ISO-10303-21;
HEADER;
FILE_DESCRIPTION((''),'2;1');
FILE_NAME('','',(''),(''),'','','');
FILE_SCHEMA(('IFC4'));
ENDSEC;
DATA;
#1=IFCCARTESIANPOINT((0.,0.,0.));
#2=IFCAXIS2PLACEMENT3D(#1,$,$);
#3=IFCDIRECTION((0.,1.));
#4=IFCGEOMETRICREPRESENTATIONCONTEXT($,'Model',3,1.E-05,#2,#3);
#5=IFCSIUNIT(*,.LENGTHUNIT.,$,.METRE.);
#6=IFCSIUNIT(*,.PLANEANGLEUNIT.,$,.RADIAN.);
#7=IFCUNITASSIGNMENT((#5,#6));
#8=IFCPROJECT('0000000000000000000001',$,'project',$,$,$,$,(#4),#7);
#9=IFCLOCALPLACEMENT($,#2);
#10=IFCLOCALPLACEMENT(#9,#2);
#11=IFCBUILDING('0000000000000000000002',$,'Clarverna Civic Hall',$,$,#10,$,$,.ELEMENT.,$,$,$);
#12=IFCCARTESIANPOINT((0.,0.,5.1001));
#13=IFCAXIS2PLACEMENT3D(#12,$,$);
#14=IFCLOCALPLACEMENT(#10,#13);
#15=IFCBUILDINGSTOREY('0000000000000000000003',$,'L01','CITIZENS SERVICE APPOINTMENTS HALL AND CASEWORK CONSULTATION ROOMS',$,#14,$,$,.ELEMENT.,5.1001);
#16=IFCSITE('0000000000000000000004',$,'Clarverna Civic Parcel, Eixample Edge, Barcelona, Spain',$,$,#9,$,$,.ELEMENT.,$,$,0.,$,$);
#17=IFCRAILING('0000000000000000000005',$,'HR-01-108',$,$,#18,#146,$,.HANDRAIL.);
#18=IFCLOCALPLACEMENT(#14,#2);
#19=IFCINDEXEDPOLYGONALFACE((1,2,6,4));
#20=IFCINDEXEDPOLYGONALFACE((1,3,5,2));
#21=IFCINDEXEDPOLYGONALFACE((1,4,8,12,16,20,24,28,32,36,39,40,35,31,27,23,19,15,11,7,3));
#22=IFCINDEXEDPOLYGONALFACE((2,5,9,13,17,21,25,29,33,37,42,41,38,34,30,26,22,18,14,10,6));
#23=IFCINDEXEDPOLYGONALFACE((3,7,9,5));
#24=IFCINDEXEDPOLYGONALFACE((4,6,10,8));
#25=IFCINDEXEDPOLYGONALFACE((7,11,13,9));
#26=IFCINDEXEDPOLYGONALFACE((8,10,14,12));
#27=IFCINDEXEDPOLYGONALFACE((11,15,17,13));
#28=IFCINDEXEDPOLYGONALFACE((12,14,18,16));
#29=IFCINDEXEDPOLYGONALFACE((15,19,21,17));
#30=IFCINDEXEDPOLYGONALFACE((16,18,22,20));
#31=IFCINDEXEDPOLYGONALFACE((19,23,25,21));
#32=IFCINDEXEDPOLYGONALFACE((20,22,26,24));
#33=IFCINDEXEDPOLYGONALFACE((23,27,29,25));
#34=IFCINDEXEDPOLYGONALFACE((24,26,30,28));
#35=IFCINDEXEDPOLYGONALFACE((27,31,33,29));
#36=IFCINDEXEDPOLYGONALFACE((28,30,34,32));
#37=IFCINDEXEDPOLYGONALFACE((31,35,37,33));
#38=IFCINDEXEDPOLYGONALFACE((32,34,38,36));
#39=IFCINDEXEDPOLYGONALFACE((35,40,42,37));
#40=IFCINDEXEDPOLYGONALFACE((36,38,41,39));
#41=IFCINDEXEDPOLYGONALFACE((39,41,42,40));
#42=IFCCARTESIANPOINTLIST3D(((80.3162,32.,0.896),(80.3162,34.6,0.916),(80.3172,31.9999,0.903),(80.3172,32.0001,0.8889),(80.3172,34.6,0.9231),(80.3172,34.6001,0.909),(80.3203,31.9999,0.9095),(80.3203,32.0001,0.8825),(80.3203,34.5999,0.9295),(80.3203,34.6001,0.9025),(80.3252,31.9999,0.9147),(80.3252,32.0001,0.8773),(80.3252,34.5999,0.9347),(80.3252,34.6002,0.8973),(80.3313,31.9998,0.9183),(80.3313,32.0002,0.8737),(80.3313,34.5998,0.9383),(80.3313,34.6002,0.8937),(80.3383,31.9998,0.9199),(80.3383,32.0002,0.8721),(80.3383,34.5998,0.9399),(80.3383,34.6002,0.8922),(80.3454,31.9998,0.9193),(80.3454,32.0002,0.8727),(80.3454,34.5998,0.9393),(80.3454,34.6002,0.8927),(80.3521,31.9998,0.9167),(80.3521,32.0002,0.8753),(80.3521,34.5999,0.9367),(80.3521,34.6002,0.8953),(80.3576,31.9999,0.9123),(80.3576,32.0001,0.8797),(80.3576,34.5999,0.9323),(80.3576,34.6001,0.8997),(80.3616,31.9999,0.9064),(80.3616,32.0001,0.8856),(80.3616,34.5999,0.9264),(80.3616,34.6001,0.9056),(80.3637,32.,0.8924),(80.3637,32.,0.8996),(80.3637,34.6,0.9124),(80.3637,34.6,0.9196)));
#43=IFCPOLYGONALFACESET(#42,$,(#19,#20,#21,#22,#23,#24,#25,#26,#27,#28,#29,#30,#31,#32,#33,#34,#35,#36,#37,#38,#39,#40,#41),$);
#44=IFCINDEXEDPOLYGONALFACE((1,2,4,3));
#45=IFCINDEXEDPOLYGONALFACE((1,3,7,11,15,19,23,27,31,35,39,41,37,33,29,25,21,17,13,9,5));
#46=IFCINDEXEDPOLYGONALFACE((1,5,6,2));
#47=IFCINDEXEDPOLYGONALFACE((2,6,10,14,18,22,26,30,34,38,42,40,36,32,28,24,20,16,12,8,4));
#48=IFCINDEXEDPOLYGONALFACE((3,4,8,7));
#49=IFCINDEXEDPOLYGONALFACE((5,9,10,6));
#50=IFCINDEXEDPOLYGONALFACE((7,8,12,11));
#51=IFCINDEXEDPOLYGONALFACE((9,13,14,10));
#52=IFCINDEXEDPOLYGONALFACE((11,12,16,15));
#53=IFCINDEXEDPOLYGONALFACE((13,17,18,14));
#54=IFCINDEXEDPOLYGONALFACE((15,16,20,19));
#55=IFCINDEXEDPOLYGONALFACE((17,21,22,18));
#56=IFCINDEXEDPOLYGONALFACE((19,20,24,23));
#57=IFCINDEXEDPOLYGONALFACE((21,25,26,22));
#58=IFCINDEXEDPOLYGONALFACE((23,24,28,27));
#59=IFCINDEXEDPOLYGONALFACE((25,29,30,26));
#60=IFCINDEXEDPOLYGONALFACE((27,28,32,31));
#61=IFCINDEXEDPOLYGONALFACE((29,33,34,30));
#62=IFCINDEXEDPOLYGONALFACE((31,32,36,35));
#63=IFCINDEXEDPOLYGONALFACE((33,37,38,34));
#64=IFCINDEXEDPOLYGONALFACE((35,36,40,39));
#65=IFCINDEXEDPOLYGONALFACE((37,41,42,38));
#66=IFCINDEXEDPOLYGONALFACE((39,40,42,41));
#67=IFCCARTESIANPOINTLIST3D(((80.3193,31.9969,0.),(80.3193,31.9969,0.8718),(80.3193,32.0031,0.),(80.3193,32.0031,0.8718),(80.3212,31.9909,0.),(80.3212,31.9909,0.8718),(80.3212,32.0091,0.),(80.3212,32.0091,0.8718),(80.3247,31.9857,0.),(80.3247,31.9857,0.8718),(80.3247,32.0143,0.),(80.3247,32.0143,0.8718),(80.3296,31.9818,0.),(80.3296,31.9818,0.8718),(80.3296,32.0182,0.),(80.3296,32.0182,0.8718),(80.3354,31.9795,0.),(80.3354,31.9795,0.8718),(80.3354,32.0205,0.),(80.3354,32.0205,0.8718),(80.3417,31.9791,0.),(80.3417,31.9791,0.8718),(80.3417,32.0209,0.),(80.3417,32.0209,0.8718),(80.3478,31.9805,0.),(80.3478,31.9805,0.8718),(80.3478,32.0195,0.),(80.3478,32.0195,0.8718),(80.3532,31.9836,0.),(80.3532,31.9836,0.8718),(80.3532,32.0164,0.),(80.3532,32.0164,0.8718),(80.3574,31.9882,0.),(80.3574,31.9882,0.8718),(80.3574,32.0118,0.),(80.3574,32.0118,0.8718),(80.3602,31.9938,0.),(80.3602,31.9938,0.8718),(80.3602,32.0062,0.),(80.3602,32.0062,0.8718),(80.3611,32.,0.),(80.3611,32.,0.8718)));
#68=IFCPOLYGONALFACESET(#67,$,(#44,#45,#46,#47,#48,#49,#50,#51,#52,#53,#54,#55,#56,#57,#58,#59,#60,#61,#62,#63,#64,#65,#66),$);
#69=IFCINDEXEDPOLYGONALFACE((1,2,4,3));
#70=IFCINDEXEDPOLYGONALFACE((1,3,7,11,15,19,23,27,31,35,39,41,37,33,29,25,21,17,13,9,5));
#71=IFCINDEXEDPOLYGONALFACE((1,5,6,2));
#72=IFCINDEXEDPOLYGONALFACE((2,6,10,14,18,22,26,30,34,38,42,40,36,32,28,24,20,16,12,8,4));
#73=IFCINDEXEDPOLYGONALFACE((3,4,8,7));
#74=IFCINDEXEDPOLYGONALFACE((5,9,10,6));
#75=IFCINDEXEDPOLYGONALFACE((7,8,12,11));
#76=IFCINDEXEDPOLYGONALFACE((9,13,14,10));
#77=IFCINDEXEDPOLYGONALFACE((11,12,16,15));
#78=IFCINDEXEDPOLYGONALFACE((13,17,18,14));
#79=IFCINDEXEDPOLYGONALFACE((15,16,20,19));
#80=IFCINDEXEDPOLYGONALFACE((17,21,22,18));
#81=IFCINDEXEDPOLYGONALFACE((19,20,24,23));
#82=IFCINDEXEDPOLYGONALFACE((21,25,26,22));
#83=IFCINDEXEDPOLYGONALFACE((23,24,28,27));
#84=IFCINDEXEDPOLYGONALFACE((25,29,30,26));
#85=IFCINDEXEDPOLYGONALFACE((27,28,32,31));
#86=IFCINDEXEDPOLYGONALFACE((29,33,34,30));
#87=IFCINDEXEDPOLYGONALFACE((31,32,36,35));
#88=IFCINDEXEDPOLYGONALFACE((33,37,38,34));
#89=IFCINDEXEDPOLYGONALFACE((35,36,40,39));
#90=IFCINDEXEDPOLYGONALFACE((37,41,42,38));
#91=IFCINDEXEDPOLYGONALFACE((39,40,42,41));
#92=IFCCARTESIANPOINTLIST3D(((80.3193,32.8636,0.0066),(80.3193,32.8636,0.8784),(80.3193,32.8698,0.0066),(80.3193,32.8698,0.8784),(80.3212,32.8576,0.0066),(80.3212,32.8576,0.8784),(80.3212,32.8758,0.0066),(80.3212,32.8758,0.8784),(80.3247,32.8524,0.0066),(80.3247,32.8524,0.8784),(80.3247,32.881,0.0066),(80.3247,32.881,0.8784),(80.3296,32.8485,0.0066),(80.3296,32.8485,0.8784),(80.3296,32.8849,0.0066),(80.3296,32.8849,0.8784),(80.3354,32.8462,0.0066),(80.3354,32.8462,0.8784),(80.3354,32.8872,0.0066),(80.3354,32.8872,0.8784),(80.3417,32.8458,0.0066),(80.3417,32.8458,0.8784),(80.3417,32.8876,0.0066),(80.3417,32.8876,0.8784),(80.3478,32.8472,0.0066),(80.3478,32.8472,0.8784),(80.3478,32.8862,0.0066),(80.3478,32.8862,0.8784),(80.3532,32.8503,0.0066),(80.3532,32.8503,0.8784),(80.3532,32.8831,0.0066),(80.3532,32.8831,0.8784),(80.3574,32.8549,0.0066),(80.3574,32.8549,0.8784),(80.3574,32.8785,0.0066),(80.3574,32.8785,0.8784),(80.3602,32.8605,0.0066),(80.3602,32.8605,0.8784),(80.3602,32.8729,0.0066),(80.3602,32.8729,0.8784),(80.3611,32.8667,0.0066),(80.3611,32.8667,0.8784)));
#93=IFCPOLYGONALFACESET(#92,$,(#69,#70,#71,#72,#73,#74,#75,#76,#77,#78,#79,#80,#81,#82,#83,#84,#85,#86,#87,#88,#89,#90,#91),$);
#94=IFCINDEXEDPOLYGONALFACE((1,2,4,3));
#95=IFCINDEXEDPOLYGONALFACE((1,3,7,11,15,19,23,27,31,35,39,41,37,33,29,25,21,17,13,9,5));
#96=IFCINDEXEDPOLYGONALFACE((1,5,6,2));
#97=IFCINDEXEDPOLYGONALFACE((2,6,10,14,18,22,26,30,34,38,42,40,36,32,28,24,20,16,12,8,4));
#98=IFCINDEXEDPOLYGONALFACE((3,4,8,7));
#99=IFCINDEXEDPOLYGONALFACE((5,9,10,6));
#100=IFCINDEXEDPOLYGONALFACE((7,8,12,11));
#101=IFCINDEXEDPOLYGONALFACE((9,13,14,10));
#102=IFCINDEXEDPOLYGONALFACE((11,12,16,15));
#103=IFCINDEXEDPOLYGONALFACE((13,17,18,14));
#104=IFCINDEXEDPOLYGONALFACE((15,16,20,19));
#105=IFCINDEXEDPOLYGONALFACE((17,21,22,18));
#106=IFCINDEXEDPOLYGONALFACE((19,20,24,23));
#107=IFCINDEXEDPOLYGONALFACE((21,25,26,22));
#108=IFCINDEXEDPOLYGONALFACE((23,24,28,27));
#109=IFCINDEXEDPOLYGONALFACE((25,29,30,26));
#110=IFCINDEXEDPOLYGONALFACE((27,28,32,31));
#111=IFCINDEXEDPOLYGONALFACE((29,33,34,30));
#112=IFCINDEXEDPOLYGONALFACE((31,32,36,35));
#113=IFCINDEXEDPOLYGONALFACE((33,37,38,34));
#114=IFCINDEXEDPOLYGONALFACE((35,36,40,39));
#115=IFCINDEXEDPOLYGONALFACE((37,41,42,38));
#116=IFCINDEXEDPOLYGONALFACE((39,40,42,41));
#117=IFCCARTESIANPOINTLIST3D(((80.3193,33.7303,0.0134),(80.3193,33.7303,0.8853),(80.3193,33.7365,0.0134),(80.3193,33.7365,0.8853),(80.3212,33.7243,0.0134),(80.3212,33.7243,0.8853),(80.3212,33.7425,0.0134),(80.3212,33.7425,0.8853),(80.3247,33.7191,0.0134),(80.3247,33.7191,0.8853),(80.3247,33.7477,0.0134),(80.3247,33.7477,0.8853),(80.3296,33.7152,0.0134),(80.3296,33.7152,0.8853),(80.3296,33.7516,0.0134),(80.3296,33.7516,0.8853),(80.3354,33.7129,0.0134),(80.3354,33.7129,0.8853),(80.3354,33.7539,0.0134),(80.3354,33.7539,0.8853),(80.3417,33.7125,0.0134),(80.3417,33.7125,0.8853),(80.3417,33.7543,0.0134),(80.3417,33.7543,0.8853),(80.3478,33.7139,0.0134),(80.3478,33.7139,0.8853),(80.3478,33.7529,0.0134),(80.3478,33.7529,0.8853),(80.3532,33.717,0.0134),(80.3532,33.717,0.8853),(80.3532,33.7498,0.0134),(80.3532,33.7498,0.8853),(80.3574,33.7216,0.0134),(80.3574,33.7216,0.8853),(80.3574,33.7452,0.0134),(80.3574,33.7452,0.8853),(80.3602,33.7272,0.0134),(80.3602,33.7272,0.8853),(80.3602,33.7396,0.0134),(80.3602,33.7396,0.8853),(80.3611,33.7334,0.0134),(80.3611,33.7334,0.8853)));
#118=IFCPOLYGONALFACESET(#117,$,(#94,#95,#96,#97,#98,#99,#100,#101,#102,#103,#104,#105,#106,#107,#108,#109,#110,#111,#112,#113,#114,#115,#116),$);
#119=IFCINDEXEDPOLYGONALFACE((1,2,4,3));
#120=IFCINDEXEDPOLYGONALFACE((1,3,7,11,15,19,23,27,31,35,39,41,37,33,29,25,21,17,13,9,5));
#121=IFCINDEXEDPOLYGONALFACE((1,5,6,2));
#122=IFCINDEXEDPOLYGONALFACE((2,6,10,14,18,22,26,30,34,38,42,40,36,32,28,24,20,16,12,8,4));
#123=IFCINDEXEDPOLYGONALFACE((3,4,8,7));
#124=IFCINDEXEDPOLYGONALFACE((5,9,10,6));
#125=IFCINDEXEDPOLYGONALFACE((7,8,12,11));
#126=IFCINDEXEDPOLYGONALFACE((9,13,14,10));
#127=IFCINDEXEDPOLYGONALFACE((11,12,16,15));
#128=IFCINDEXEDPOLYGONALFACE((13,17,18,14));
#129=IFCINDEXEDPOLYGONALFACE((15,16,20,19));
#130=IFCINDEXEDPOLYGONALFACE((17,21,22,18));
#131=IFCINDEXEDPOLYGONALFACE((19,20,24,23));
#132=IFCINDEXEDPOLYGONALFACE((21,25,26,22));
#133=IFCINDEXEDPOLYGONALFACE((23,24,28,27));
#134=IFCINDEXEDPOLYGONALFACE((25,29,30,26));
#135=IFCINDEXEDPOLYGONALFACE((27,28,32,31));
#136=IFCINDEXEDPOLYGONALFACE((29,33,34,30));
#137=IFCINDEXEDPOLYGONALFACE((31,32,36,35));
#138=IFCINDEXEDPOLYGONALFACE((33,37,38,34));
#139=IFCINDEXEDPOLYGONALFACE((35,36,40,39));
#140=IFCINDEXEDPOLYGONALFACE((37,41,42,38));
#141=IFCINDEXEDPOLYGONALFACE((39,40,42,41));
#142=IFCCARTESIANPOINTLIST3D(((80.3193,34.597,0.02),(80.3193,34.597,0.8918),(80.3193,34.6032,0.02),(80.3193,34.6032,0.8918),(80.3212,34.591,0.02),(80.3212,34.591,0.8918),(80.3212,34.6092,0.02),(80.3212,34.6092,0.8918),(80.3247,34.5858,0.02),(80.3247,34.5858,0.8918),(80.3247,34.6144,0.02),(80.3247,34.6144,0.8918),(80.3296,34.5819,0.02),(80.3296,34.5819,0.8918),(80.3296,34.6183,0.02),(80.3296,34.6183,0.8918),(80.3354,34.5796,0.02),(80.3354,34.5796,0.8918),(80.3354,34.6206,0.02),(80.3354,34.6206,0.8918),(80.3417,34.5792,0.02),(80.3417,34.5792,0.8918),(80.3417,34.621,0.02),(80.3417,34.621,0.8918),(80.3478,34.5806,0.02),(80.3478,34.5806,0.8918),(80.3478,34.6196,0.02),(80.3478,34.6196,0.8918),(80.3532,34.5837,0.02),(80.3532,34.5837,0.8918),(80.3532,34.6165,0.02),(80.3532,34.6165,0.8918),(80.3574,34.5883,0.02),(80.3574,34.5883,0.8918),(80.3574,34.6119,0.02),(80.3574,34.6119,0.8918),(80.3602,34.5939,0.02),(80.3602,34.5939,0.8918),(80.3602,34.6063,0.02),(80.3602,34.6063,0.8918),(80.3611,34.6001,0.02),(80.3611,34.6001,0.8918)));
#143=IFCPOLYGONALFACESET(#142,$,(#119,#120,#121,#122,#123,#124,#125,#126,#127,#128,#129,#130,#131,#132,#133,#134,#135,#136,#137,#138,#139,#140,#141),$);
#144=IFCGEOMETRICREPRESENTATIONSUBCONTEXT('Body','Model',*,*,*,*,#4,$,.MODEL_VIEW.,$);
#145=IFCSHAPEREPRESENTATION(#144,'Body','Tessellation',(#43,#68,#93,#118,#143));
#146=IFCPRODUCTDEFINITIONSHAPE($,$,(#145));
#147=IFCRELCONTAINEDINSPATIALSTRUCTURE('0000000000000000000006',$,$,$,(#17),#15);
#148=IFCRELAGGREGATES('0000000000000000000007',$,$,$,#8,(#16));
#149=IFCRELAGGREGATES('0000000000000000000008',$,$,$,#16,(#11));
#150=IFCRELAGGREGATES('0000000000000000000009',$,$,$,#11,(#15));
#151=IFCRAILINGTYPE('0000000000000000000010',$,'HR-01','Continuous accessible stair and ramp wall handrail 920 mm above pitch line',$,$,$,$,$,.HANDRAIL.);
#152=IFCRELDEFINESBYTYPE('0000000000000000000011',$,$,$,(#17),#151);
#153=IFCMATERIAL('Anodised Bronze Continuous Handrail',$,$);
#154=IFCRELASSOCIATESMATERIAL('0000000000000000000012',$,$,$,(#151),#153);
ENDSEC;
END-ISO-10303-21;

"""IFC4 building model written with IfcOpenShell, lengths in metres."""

from ifc_helpers import new_model, si_unit, direction, frame, origin, origin_2d, place, context, subcontext, project, spatial, circle, extrude, material, type_object, element, save


model = new_model("IFC4")

# Units and contexts
model_context = context("Model", 3, precision=1e-05, world=origin(), true_north=direction((0.0, 1.0)))
body_context = subcontext(model_context, "Body", "Model", "MODEL_VIEW")
ifc_project = project(units=[si_unit("LENGTHUNIT", "METRE"), si_unit("PLANEANGLEUNIT", "RADIAN")], contexts=[model_context])

# Site, building, storey
site_placement = place(None, origin())
site = spatial("IfcSite", under=ifc_project, at=site_placement, Name="Clarverna Civic Parcel, Eixample Edge, Barcelona, Spain", CompositionType="ELEMENT", RefElevation=0.0)
building_placement = place(site_placement, origin())
building = spatial("IfcBuilding", under=site, at=building_placement, Name="Clarverna Civic Hall", CompositionType="ELEMENT")
storey_placement = place(building_placement, frame((0.0, 0.0, 5.1001)))
storey = spatial("IfcBuildingStorey", under=building, at=storey_placement, Name="L01", Description="CITIZENS SERVICE APPOINTMENTS HALL AND CASEWORK CONSULTATION ROOMS", CompositionType="ELEMENT", Elevation=5.1001)

# Railing
ifc_material_1 = material(Name="Anodised Bronze Continuous Handrail")
railing_type = type_object("IfcRailingType", Name="HR-01", Description="Continuous accessible stair and ramp wall handrail 920 mm above pitch line", PredefinedType="HANDRAIL", material=ifc_material_1)
for number, where, name in (
    (1, (80.3401, 32.0, 0.0), "HR-01-108"),
):
    element("IfcRailing", number, at=place(storey_placement, frame(where)), inside=storey, type_object=railing_type, Name=name, PredefinedType="HANDRAIL", context=body_context, shape_type="SweptSolid", body=[
        extrude(circle(Radius=0.0239, at=origin_2d()), frame((0.0, 0.0, 0.896), z_axis=(0.0, 0.99997, 0.007699), x_axis=(-1.0, 0.0, 0.0)), (0.0, 0.0, 1.0), 2.6001),
        extrude(circle(Radius=0.021, at=origin_2d()), origin(), (0.0, 0.0, 1.0), 0.8718),
        extrude(circle(Radius=0.021, at=origin_2d()), frame((0.0, 0.8667, 0.0066)), (0.0, 0.0, 1.0), 0.8718),
        extrude(circle(Radius=0.021, at=origin_2d()), frame((0.0, 1.7334, 0.0134)), (0.0, 0.0, 1.0), 0.8718),
        extrude(circle(Radius=0.021, at=origin_2d()), frame((0.0, 2.6001, 0.02)), (0.0, 0.0, 1.0), 0.8718),
    ])

save(model, "model.ifc")
